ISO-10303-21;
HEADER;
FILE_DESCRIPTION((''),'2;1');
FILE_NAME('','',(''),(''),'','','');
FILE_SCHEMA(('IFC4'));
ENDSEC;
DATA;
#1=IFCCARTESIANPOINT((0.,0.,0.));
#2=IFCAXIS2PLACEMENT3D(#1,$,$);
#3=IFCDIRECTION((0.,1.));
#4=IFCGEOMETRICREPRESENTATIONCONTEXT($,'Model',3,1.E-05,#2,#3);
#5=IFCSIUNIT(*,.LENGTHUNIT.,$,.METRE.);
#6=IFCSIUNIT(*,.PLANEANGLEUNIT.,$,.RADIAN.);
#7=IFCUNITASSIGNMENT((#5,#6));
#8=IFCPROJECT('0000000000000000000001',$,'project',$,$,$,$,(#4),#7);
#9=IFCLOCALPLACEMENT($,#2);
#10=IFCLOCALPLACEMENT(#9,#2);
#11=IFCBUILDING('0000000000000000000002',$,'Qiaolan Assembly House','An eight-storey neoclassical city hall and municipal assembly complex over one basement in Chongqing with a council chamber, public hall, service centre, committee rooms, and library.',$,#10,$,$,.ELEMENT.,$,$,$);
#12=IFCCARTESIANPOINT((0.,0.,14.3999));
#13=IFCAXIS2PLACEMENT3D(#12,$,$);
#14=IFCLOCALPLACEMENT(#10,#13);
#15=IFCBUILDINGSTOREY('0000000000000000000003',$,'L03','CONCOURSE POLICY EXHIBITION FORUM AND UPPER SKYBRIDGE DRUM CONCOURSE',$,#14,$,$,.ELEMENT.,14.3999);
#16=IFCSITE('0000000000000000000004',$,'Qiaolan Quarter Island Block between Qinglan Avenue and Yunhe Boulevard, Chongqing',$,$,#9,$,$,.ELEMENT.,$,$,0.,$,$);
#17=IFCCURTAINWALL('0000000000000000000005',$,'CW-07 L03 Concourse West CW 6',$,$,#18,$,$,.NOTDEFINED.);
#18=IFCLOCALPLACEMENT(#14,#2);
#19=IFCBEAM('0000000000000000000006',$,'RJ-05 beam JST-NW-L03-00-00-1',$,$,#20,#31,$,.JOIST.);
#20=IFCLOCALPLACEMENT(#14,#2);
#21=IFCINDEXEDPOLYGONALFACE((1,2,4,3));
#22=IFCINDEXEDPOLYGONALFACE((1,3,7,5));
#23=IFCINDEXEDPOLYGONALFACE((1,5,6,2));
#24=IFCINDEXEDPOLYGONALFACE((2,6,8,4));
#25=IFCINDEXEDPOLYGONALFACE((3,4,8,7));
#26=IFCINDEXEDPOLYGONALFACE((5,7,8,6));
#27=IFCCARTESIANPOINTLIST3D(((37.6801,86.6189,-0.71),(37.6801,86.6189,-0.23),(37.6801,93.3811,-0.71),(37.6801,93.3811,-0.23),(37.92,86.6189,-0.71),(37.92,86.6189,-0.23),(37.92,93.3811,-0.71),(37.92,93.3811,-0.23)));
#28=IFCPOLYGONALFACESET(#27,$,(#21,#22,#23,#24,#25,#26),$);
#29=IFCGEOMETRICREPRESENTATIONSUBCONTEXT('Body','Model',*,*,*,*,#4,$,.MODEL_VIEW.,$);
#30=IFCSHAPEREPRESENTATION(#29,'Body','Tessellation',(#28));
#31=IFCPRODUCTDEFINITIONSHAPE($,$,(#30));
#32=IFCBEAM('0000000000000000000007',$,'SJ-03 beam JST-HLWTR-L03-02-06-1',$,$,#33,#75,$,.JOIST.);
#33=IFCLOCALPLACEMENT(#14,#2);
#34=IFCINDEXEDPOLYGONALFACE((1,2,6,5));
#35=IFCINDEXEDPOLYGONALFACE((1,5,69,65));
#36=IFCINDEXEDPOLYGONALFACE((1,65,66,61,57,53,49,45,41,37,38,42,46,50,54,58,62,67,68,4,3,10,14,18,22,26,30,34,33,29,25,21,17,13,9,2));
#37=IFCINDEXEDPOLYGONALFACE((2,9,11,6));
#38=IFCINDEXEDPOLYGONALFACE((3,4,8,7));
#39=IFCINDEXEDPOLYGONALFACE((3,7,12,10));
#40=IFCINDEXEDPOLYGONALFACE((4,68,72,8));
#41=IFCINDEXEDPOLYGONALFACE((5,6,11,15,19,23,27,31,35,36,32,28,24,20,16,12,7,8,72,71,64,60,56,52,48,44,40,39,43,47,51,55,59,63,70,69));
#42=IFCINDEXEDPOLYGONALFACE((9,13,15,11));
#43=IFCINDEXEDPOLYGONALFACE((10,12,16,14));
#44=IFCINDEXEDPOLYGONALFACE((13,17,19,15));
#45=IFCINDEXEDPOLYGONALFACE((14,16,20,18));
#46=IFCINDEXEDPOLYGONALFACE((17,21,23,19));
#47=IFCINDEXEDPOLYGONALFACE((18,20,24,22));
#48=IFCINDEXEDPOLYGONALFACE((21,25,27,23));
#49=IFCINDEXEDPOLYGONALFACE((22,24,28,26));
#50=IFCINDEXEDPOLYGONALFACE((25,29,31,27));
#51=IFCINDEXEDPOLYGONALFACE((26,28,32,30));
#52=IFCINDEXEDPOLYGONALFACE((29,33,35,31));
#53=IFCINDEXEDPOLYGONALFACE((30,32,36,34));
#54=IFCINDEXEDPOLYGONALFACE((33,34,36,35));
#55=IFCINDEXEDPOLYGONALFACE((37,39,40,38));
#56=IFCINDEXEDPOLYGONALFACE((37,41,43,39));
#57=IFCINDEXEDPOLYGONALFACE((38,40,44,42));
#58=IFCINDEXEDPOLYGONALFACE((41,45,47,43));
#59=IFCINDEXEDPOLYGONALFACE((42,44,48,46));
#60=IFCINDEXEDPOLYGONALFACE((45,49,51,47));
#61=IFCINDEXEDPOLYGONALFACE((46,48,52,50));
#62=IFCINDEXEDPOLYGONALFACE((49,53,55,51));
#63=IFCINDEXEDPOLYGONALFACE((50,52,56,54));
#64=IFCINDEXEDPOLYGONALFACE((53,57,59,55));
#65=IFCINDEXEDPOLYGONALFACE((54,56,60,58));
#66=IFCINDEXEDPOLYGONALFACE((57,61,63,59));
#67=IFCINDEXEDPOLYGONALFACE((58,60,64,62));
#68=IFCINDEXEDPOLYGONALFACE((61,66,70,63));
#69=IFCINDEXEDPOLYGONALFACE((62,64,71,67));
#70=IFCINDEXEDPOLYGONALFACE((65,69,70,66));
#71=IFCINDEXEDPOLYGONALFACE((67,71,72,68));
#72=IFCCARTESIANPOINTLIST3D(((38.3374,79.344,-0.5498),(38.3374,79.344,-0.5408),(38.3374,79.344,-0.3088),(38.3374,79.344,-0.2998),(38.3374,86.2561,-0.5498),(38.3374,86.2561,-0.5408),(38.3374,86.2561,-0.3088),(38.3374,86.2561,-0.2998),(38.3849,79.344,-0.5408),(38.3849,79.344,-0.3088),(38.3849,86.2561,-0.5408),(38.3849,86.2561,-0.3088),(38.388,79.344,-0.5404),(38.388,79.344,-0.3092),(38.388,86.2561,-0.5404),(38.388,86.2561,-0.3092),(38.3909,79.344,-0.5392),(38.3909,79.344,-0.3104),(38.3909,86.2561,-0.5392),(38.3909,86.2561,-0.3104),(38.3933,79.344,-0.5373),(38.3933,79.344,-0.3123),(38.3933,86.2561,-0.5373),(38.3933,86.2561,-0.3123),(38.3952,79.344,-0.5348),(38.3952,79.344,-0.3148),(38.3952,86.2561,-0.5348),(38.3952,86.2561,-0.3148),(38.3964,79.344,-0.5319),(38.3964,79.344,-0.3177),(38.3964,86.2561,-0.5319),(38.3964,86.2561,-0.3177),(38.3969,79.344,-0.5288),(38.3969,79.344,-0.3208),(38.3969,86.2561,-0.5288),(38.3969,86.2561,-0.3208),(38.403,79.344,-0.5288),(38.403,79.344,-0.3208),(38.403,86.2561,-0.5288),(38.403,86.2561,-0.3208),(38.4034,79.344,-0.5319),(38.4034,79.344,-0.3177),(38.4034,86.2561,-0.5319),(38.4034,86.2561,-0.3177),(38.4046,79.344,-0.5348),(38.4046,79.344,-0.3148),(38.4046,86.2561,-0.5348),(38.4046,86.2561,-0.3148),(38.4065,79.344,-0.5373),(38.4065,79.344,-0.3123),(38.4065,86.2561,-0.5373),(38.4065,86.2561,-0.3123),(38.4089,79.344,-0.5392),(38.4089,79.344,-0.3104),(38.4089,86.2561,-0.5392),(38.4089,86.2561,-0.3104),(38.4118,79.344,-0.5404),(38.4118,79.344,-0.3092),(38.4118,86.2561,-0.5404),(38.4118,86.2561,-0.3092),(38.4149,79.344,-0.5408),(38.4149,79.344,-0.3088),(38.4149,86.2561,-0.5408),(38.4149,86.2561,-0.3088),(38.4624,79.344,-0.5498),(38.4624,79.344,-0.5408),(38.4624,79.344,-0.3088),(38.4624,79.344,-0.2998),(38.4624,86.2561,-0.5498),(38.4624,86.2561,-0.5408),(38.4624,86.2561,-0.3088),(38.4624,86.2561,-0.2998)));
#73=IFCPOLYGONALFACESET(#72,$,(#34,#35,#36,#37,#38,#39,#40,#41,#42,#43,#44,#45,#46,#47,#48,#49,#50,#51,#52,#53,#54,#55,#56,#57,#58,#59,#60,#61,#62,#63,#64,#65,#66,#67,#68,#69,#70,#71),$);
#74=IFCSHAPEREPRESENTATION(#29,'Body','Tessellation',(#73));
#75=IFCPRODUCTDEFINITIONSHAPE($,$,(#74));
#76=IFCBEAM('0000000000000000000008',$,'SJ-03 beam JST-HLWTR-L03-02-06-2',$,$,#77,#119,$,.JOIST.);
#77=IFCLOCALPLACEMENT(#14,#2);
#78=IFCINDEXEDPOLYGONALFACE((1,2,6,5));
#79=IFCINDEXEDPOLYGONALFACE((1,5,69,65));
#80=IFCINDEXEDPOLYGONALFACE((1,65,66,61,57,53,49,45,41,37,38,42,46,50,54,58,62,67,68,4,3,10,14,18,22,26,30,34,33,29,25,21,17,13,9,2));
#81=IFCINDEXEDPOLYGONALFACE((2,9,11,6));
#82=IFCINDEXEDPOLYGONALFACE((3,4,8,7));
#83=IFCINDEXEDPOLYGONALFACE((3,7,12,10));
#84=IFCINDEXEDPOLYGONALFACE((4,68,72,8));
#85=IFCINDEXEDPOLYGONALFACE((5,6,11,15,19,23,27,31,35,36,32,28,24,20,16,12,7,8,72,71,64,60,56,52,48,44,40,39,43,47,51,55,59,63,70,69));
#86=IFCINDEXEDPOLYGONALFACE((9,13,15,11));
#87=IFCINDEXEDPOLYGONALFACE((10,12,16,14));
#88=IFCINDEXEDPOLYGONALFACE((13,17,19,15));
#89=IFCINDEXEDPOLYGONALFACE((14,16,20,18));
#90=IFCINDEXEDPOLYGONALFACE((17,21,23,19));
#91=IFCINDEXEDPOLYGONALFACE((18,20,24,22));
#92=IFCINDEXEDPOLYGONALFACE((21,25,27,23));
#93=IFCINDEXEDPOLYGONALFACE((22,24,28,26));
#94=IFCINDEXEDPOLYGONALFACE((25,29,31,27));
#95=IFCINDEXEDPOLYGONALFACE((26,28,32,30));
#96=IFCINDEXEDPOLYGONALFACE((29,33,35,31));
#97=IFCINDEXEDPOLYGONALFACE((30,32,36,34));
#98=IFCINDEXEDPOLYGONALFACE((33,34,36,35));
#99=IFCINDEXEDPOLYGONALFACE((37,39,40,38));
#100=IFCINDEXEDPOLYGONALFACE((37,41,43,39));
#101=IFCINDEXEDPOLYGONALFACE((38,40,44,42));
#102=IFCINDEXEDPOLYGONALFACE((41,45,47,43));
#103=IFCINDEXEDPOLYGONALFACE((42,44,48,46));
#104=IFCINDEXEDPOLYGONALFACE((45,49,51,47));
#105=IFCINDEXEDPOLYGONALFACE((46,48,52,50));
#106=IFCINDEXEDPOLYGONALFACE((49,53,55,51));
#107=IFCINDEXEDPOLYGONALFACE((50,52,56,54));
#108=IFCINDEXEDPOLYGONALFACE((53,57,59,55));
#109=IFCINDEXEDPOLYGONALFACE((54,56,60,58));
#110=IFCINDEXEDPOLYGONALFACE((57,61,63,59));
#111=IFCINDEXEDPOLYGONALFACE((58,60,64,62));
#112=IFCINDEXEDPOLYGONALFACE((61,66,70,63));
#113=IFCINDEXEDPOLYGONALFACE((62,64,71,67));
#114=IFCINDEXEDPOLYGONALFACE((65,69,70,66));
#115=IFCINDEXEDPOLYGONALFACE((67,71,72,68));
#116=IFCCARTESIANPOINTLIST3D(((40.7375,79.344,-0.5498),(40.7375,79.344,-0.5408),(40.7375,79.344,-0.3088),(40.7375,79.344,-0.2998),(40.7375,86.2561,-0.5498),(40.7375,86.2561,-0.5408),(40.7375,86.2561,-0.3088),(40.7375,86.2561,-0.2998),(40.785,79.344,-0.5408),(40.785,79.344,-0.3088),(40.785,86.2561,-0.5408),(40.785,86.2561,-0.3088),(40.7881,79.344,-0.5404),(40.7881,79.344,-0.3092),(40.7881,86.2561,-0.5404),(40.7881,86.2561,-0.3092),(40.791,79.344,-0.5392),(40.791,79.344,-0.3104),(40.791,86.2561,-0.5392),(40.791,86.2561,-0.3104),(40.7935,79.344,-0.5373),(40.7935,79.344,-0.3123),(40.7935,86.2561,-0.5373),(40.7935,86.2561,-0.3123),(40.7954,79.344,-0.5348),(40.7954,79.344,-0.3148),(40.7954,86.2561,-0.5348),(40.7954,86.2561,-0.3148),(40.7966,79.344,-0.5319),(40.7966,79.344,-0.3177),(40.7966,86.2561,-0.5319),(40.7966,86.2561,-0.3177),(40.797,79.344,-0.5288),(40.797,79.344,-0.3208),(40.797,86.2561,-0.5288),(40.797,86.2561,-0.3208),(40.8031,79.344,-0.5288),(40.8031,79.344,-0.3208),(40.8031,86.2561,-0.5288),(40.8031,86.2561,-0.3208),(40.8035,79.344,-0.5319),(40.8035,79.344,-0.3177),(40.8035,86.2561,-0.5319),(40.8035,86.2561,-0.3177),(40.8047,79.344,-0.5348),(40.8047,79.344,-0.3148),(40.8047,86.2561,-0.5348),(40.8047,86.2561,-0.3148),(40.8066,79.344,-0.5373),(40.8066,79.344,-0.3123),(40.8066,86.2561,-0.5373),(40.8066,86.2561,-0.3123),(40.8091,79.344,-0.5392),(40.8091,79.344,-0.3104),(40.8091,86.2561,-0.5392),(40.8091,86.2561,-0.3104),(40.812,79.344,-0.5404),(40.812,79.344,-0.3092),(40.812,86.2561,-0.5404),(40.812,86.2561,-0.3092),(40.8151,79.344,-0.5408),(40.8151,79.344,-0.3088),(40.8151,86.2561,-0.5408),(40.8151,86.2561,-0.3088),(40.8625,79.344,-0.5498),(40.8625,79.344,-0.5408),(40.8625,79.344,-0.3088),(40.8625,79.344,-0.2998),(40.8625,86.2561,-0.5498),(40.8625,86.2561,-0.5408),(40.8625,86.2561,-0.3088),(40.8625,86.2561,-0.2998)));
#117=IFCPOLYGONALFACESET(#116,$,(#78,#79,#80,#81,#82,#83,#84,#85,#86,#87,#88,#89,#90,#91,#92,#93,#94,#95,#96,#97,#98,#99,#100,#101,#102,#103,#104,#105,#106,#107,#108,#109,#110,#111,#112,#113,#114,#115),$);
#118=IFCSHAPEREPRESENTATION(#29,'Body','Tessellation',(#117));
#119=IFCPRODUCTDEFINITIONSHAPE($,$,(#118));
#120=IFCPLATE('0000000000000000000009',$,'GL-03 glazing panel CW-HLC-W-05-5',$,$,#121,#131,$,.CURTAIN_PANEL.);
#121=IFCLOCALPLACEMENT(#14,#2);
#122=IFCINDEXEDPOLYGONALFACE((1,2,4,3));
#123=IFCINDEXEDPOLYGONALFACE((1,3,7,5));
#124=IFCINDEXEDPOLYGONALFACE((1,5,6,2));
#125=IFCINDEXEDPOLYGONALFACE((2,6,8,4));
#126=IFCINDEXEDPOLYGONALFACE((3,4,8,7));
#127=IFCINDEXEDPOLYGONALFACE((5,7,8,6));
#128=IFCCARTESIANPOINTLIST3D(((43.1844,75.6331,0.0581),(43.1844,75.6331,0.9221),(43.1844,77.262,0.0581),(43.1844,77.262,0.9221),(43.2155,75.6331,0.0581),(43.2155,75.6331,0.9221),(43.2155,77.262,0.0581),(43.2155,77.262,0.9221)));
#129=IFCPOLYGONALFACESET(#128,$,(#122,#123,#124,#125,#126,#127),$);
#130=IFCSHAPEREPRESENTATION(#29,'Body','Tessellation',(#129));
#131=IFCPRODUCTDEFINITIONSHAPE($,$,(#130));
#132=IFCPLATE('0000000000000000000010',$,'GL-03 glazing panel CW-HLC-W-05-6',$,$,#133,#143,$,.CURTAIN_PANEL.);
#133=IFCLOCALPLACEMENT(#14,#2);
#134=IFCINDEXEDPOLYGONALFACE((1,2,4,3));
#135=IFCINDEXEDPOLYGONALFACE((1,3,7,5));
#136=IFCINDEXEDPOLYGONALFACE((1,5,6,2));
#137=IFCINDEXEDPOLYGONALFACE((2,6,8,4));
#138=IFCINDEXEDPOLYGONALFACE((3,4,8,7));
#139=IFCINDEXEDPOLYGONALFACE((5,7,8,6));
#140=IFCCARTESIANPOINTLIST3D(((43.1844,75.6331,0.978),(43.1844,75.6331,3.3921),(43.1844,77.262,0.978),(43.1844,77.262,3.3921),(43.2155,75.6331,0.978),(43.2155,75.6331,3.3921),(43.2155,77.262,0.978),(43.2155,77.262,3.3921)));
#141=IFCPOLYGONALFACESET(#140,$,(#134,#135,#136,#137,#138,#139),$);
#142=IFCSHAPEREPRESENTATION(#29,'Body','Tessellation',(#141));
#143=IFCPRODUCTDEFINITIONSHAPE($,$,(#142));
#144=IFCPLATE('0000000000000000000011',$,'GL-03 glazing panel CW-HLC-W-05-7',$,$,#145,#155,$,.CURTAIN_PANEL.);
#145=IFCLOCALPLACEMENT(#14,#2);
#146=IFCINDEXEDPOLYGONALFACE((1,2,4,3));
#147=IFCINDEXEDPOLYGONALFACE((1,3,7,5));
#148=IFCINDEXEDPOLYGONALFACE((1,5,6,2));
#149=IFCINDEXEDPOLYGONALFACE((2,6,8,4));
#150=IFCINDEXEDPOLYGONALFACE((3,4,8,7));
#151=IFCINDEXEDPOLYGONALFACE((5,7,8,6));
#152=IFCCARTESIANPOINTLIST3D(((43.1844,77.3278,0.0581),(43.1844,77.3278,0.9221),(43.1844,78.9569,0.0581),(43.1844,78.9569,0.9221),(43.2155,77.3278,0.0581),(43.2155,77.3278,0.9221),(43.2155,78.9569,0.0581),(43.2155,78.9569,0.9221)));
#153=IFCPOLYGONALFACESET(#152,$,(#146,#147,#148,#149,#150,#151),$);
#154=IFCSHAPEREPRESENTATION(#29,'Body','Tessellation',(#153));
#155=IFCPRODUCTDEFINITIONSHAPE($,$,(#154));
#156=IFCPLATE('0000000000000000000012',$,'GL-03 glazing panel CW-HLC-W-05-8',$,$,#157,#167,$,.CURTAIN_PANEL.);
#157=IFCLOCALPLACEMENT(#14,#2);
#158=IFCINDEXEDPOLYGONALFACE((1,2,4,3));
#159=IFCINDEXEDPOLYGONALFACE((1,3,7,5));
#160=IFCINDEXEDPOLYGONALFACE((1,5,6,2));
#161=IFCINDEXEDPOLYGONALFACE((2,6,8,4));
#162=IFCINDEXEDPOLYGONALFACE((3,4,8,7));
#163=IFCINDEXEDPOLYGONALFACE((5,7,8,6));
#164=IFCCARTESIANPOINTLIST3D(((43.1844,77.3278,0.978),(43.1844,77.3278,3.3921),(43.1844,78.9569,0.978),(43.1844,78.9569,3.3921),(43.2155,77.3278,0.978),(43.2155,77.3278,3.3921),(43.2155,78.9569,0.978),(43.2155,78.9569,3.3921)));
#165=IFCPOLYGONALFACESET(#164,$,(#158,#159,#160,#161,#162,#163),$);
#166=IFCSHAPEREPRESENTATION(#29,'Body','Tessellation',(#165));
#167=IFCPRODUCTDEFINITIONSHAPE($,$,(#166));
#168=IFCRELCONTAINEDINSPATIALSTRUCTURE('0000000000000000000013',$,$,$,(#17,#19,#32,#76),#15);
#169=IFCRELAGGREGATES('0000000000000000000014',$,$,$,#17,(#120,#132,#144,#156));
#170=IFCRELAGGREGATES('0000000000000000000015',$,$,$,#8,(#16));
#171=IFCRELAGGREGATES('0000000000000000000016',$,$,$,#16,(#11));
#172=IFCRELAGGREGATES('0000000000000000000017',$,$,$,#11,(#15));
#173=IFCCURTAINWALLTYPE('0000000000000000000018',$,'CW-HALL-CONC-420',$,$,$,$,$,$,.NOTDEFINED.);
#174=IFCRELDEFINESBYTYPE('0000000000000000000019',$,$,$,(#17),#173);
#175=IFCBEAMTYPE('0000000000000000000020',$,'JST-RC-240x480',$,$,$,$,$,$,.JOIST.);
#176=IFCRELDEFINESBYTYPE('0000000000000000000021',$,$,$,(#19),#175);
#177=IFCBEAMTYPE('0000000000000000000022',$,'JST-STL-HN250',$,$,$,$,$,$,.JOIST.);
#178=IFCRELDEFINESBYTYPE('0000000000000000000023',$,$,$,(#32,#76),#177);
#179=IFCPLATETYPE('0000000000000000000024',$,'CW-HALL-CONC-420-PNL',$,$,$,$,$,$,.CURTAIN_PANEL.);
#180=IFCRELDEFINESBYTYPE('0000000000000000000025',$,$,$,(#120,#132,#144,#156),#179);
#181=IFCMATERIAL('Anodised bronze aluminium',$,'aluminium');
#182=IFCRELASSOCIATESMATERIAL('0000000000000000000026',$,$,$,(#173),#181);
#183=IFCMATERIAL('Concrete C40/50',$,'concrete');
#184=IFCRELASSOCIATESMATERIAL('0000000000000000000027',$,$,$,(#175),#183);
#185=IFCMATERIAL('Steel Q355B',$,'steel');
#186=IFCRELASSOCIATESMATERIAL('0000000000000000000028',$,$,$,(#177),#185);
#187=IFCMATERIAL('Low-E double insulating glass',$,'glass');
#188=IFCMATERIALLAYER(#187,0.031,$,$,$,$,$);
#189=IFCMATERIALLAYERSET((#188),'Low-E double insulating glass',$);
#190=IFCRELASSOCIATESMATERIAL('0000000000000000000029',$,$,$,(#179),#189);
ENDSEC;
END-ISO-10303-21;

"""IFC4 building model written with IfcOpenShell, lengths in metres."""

from ifc_helpers import new_model, si_unit, direction, frame, frame_2d, origin, origin_2d, place, context, subcontext, project, spatial, rectangle, i_section, extrude, material, layer, layer_set, material_profile, profile_set, type_object, element, aggregate, save


model = new_model("IFC4")

# Units and contexts
model_context = context("Model", 3, precision=1e-05, world=origin(), true_north=direction((0.0, 1.0)))
body_context = subcontext(model_context, "Body", "Model", "MODEL_VIEW")
ifc_project = project(units=[si_unit("LENGTHUNIT", "METRE"), si_unit("PLANEANGLEUNIT", "RADIAN")], contexts=[model_context])

# Site, building, storey
site_placement = place(None, origin())
site = spatial("IfcSite", under=ifc_project, at=site_placement, Name="Qiaolan Quarter Island Block between Qinglan Avenue and Yunhe Boulevard, Chongqing", CompositionType="ELEMENT", RefElevation=0.0)
building_placement = place(site_placement, origin())
building = spatial("IfcBuilding", under=site, at=building_placement, Name="Qiaolan Assembly House", Description="An eight-storey neoclassical city hall and municipal assembly complex over one basement in Chongqing with a council chamber, public hall, service centre, committee rooms, and library.", CompositionType="ELEMENT")
storey_placement = place(building_placement, frame((0.0, 0.0, 14.3999)))
storey = spatial("IfcBuildingStorey", under=building, at=storey_placement, Name="L03", Description="CONCOURSE POLICY EXHIBITION FORUM AND UPPER SKYBRIDGE DRUM CONCOURSE", CompositionType="ELEMENT", Elevation=14.3999)

# Shared definitions
ifc_material_1 = material(Name="Steel Q355B", Category="steel")

# Curtain wall
ifc_material_2 = material(Name="Anodised bronze aluminium", Category="aluminium")
curtain_wall_type = type_object("IfcCurtainWallType", Name="CW-HALL-CONC-420", PredefinedType="NOTDEFINED", material=ifc_material_2)
curtain_wall_placement = place(storey_placement, origin())
curtain_wall = element("IfcCurtainWall", 1, at=curtain_wall_placement, inside=storey, type_object=curtain_wall_type, Name="CW-07 L03 Concourse West CW 6", PredefinedType="NOTDEFINED")

# Beams
ifc_material_3 = material(Name="Concrete C40/50", Category="concrete")
ifc_material_profile_1 = material_profile(ifc_material_3, rectangle(XDim=0.24, YDim=0.48, at=origin_2d()), Name="RCB 240x480")
ifc_profile_set_1 = profile_set([ifc_material_profile_1], Name="Concrete C40/50")
beam_type_1 = type_object("IfcBeamType", Name="JST-RC-240x480", PredefinedType="JOIST", material=ifc_profile_set_1)
beam_placement = place(storey_placement, frame((37.8, 86.6189, -0.47), z_axis=(0.0, 1.0, 0.0), x_axis=(-1.0, 0.0, 0.0)))
element("IfcBeam", 2, at=beam_placement, inside=storey, type_object=beam_type_1, Name="RJ-05 beam JST-NW-L03-00-00-1", PredefinedType="JOIST", context=body_context, shape_type="SweptSolid", body=[
    extrude(rectangle(XDim=0.24, YDim=0.48, at=origin_2d()), origin(), (0.0, 0.0, 1.0), 6.7622),
])
ifc_material_profile_2 = material_profile(ifc_material_1, i_section(OverallWidth=0.125, OverallDepth=0.25, WebThickness=0.0061, FlangeThickness=0.009, FilletRadius=0.012, at=origin_2d()), Name="HN 250x125x6x9")
ifc_profile_set_2 = profile_set([ifc_material_profile_2], Name="Steel Q355B")
beam_type_2 = type_object("IfcBeamType", Name="JST-STL-HN250", PredefinedType="JOIST", material=ifc_profile_set_2)
for number, where, z_axis, x_axis, name in (
    (3, (38.3999, 79.344, -0.4248), (0.0, 1.0, 0.0), (-1.0, 0.0, 0.0), "SJ-03 beam JST-HLWTR-L03-02-06-1"),
    (4, (40.8, 79.344, -0.4248), (0.0, 1.0, 0.0), (-1.0, 0.0, 0.0), "SJ-03 beam JST-HLWTR-L03-02-06-2"),
):
    element("IfcBeam", number, at=place(storey_placement, frame(where, z_axis=z_axis, x_axis=x_axis)), inside=storey, type_object=beam_type_2, Name=name, PredefinedType="JOIST", context=body_context, shape_type="SweptSolid", body=[
        extrude(i_section(OverallWidth=0.125, OverallDepth=0.25, WebThickness=0.0061, FlangeThickness=0.009, FilletRadius=0.012, at=origin_2d()), origin(), (0.0, 0.0, 1.0), 6.9121),
    ])

# Plates
ifc_material_4 = material(Name="Low-E double insulating glass", Category="glass")
ifc_layer_1 = layer(ifc_material_4, 0.031)
ifc_layer_set_1 = layer_set([ifc_layer_1], Name="Low-E double insulating glass")
plate_type = type_object("IfcPlateType", Name="CW-HALL-CONC-420-PNL", PredefinedType="CURTAIN_PANEL", material=ifc_layer_set_1)
plate_1_placement = place(storey_placement, frame((43.2, 75.6331, 0.0581), z_axis=(0.0, 0.0, 1.0), x_axis=(0.0, 1.0, 0.0)))
plate_1 = element("IfcPlate", 5, at=plate_1_placement, type_object=plate_type, Name="GL-03 glazing panel CW-HLC-W-05-5", PredefinedType="CURTAIN_PANEL", context=body_context, shape_type="SweptSolid", body=[
    extrude(rectangle(XDim=1.6289, YDim=0.031, at=frame_2d((0.8145, 0.0))), origin(), (0.0, 0.0, 1.0), 0.864),
])
plate_2_placement = place(storey_placement, frame((43.2, 75.6331, 0.978), z_axis=(0.0, 0.0, 1.0), x_axis=(0.0, 1.0, 0.0)))
plate_2 = element("IfcPlate", 6, at=plate_2_placement, type_object=plate_type, Name="GL-03 glazing panel CW-HLC-W-05-6", PredefinedType="CURTAIN_PANEL", context=body_context, shape_type="SweptSolid", body=[
    extrude(rectangle(XDim=1.6289, YDim=0.031, at=frame_2d((0.8145, 0.0))), origin(), (0.0, 0.0, 1.0), 2.4141),
])
plate_3_placement = place(storey_placement, frame((43.2, 77.3279, 0.0581), z_axis=(0.0, 0.0, 1.0), x_axis=(0.0, 1.0, 0.0)))
plate_3 = element("IfcPlate", 7, at=plate_3_placement, type_object=plate_type, Name="GL-03 glazing panel CW-HLC-W-05-7", PredefinedType="CURTAIN_PANEL", context=body_context, shape_type="SweptSolid", body=[
    extrude(rectangle(XDim=1.6292, YDim=0.031, at=frame_2d((0.8145, 0.0))), origin(), (0.0, 0.0, 1.0), 0.864),
])
plate_4_placement = place(storey_placement, frame((43.2, 77.3279, 0.978), z_axis=(0.0, 0.0, 1.0), x_axis=(0.0, 1.0, 0.0)))
plate_4 = element("IfcPlate", 8, at=plate_4_placement, type_object=plate_type, Name="GL-03 glazing panel CW-HLC-W-05-8", PredefinedType="CURTAIN_PANEL", context=body_context, shape_type="SweptSolid", body=[
    extrude(rectangle(XDim=1.6292, YDim=0.031, at=frame_2d((0.8145, 0.0))), origin(), (0.0, 0.0, 1.0), 2.4141),
])
aggregate(curtain_wall, [plate_1, plate_2, plate_3, plate_4])

save(model, "model.ifc")
